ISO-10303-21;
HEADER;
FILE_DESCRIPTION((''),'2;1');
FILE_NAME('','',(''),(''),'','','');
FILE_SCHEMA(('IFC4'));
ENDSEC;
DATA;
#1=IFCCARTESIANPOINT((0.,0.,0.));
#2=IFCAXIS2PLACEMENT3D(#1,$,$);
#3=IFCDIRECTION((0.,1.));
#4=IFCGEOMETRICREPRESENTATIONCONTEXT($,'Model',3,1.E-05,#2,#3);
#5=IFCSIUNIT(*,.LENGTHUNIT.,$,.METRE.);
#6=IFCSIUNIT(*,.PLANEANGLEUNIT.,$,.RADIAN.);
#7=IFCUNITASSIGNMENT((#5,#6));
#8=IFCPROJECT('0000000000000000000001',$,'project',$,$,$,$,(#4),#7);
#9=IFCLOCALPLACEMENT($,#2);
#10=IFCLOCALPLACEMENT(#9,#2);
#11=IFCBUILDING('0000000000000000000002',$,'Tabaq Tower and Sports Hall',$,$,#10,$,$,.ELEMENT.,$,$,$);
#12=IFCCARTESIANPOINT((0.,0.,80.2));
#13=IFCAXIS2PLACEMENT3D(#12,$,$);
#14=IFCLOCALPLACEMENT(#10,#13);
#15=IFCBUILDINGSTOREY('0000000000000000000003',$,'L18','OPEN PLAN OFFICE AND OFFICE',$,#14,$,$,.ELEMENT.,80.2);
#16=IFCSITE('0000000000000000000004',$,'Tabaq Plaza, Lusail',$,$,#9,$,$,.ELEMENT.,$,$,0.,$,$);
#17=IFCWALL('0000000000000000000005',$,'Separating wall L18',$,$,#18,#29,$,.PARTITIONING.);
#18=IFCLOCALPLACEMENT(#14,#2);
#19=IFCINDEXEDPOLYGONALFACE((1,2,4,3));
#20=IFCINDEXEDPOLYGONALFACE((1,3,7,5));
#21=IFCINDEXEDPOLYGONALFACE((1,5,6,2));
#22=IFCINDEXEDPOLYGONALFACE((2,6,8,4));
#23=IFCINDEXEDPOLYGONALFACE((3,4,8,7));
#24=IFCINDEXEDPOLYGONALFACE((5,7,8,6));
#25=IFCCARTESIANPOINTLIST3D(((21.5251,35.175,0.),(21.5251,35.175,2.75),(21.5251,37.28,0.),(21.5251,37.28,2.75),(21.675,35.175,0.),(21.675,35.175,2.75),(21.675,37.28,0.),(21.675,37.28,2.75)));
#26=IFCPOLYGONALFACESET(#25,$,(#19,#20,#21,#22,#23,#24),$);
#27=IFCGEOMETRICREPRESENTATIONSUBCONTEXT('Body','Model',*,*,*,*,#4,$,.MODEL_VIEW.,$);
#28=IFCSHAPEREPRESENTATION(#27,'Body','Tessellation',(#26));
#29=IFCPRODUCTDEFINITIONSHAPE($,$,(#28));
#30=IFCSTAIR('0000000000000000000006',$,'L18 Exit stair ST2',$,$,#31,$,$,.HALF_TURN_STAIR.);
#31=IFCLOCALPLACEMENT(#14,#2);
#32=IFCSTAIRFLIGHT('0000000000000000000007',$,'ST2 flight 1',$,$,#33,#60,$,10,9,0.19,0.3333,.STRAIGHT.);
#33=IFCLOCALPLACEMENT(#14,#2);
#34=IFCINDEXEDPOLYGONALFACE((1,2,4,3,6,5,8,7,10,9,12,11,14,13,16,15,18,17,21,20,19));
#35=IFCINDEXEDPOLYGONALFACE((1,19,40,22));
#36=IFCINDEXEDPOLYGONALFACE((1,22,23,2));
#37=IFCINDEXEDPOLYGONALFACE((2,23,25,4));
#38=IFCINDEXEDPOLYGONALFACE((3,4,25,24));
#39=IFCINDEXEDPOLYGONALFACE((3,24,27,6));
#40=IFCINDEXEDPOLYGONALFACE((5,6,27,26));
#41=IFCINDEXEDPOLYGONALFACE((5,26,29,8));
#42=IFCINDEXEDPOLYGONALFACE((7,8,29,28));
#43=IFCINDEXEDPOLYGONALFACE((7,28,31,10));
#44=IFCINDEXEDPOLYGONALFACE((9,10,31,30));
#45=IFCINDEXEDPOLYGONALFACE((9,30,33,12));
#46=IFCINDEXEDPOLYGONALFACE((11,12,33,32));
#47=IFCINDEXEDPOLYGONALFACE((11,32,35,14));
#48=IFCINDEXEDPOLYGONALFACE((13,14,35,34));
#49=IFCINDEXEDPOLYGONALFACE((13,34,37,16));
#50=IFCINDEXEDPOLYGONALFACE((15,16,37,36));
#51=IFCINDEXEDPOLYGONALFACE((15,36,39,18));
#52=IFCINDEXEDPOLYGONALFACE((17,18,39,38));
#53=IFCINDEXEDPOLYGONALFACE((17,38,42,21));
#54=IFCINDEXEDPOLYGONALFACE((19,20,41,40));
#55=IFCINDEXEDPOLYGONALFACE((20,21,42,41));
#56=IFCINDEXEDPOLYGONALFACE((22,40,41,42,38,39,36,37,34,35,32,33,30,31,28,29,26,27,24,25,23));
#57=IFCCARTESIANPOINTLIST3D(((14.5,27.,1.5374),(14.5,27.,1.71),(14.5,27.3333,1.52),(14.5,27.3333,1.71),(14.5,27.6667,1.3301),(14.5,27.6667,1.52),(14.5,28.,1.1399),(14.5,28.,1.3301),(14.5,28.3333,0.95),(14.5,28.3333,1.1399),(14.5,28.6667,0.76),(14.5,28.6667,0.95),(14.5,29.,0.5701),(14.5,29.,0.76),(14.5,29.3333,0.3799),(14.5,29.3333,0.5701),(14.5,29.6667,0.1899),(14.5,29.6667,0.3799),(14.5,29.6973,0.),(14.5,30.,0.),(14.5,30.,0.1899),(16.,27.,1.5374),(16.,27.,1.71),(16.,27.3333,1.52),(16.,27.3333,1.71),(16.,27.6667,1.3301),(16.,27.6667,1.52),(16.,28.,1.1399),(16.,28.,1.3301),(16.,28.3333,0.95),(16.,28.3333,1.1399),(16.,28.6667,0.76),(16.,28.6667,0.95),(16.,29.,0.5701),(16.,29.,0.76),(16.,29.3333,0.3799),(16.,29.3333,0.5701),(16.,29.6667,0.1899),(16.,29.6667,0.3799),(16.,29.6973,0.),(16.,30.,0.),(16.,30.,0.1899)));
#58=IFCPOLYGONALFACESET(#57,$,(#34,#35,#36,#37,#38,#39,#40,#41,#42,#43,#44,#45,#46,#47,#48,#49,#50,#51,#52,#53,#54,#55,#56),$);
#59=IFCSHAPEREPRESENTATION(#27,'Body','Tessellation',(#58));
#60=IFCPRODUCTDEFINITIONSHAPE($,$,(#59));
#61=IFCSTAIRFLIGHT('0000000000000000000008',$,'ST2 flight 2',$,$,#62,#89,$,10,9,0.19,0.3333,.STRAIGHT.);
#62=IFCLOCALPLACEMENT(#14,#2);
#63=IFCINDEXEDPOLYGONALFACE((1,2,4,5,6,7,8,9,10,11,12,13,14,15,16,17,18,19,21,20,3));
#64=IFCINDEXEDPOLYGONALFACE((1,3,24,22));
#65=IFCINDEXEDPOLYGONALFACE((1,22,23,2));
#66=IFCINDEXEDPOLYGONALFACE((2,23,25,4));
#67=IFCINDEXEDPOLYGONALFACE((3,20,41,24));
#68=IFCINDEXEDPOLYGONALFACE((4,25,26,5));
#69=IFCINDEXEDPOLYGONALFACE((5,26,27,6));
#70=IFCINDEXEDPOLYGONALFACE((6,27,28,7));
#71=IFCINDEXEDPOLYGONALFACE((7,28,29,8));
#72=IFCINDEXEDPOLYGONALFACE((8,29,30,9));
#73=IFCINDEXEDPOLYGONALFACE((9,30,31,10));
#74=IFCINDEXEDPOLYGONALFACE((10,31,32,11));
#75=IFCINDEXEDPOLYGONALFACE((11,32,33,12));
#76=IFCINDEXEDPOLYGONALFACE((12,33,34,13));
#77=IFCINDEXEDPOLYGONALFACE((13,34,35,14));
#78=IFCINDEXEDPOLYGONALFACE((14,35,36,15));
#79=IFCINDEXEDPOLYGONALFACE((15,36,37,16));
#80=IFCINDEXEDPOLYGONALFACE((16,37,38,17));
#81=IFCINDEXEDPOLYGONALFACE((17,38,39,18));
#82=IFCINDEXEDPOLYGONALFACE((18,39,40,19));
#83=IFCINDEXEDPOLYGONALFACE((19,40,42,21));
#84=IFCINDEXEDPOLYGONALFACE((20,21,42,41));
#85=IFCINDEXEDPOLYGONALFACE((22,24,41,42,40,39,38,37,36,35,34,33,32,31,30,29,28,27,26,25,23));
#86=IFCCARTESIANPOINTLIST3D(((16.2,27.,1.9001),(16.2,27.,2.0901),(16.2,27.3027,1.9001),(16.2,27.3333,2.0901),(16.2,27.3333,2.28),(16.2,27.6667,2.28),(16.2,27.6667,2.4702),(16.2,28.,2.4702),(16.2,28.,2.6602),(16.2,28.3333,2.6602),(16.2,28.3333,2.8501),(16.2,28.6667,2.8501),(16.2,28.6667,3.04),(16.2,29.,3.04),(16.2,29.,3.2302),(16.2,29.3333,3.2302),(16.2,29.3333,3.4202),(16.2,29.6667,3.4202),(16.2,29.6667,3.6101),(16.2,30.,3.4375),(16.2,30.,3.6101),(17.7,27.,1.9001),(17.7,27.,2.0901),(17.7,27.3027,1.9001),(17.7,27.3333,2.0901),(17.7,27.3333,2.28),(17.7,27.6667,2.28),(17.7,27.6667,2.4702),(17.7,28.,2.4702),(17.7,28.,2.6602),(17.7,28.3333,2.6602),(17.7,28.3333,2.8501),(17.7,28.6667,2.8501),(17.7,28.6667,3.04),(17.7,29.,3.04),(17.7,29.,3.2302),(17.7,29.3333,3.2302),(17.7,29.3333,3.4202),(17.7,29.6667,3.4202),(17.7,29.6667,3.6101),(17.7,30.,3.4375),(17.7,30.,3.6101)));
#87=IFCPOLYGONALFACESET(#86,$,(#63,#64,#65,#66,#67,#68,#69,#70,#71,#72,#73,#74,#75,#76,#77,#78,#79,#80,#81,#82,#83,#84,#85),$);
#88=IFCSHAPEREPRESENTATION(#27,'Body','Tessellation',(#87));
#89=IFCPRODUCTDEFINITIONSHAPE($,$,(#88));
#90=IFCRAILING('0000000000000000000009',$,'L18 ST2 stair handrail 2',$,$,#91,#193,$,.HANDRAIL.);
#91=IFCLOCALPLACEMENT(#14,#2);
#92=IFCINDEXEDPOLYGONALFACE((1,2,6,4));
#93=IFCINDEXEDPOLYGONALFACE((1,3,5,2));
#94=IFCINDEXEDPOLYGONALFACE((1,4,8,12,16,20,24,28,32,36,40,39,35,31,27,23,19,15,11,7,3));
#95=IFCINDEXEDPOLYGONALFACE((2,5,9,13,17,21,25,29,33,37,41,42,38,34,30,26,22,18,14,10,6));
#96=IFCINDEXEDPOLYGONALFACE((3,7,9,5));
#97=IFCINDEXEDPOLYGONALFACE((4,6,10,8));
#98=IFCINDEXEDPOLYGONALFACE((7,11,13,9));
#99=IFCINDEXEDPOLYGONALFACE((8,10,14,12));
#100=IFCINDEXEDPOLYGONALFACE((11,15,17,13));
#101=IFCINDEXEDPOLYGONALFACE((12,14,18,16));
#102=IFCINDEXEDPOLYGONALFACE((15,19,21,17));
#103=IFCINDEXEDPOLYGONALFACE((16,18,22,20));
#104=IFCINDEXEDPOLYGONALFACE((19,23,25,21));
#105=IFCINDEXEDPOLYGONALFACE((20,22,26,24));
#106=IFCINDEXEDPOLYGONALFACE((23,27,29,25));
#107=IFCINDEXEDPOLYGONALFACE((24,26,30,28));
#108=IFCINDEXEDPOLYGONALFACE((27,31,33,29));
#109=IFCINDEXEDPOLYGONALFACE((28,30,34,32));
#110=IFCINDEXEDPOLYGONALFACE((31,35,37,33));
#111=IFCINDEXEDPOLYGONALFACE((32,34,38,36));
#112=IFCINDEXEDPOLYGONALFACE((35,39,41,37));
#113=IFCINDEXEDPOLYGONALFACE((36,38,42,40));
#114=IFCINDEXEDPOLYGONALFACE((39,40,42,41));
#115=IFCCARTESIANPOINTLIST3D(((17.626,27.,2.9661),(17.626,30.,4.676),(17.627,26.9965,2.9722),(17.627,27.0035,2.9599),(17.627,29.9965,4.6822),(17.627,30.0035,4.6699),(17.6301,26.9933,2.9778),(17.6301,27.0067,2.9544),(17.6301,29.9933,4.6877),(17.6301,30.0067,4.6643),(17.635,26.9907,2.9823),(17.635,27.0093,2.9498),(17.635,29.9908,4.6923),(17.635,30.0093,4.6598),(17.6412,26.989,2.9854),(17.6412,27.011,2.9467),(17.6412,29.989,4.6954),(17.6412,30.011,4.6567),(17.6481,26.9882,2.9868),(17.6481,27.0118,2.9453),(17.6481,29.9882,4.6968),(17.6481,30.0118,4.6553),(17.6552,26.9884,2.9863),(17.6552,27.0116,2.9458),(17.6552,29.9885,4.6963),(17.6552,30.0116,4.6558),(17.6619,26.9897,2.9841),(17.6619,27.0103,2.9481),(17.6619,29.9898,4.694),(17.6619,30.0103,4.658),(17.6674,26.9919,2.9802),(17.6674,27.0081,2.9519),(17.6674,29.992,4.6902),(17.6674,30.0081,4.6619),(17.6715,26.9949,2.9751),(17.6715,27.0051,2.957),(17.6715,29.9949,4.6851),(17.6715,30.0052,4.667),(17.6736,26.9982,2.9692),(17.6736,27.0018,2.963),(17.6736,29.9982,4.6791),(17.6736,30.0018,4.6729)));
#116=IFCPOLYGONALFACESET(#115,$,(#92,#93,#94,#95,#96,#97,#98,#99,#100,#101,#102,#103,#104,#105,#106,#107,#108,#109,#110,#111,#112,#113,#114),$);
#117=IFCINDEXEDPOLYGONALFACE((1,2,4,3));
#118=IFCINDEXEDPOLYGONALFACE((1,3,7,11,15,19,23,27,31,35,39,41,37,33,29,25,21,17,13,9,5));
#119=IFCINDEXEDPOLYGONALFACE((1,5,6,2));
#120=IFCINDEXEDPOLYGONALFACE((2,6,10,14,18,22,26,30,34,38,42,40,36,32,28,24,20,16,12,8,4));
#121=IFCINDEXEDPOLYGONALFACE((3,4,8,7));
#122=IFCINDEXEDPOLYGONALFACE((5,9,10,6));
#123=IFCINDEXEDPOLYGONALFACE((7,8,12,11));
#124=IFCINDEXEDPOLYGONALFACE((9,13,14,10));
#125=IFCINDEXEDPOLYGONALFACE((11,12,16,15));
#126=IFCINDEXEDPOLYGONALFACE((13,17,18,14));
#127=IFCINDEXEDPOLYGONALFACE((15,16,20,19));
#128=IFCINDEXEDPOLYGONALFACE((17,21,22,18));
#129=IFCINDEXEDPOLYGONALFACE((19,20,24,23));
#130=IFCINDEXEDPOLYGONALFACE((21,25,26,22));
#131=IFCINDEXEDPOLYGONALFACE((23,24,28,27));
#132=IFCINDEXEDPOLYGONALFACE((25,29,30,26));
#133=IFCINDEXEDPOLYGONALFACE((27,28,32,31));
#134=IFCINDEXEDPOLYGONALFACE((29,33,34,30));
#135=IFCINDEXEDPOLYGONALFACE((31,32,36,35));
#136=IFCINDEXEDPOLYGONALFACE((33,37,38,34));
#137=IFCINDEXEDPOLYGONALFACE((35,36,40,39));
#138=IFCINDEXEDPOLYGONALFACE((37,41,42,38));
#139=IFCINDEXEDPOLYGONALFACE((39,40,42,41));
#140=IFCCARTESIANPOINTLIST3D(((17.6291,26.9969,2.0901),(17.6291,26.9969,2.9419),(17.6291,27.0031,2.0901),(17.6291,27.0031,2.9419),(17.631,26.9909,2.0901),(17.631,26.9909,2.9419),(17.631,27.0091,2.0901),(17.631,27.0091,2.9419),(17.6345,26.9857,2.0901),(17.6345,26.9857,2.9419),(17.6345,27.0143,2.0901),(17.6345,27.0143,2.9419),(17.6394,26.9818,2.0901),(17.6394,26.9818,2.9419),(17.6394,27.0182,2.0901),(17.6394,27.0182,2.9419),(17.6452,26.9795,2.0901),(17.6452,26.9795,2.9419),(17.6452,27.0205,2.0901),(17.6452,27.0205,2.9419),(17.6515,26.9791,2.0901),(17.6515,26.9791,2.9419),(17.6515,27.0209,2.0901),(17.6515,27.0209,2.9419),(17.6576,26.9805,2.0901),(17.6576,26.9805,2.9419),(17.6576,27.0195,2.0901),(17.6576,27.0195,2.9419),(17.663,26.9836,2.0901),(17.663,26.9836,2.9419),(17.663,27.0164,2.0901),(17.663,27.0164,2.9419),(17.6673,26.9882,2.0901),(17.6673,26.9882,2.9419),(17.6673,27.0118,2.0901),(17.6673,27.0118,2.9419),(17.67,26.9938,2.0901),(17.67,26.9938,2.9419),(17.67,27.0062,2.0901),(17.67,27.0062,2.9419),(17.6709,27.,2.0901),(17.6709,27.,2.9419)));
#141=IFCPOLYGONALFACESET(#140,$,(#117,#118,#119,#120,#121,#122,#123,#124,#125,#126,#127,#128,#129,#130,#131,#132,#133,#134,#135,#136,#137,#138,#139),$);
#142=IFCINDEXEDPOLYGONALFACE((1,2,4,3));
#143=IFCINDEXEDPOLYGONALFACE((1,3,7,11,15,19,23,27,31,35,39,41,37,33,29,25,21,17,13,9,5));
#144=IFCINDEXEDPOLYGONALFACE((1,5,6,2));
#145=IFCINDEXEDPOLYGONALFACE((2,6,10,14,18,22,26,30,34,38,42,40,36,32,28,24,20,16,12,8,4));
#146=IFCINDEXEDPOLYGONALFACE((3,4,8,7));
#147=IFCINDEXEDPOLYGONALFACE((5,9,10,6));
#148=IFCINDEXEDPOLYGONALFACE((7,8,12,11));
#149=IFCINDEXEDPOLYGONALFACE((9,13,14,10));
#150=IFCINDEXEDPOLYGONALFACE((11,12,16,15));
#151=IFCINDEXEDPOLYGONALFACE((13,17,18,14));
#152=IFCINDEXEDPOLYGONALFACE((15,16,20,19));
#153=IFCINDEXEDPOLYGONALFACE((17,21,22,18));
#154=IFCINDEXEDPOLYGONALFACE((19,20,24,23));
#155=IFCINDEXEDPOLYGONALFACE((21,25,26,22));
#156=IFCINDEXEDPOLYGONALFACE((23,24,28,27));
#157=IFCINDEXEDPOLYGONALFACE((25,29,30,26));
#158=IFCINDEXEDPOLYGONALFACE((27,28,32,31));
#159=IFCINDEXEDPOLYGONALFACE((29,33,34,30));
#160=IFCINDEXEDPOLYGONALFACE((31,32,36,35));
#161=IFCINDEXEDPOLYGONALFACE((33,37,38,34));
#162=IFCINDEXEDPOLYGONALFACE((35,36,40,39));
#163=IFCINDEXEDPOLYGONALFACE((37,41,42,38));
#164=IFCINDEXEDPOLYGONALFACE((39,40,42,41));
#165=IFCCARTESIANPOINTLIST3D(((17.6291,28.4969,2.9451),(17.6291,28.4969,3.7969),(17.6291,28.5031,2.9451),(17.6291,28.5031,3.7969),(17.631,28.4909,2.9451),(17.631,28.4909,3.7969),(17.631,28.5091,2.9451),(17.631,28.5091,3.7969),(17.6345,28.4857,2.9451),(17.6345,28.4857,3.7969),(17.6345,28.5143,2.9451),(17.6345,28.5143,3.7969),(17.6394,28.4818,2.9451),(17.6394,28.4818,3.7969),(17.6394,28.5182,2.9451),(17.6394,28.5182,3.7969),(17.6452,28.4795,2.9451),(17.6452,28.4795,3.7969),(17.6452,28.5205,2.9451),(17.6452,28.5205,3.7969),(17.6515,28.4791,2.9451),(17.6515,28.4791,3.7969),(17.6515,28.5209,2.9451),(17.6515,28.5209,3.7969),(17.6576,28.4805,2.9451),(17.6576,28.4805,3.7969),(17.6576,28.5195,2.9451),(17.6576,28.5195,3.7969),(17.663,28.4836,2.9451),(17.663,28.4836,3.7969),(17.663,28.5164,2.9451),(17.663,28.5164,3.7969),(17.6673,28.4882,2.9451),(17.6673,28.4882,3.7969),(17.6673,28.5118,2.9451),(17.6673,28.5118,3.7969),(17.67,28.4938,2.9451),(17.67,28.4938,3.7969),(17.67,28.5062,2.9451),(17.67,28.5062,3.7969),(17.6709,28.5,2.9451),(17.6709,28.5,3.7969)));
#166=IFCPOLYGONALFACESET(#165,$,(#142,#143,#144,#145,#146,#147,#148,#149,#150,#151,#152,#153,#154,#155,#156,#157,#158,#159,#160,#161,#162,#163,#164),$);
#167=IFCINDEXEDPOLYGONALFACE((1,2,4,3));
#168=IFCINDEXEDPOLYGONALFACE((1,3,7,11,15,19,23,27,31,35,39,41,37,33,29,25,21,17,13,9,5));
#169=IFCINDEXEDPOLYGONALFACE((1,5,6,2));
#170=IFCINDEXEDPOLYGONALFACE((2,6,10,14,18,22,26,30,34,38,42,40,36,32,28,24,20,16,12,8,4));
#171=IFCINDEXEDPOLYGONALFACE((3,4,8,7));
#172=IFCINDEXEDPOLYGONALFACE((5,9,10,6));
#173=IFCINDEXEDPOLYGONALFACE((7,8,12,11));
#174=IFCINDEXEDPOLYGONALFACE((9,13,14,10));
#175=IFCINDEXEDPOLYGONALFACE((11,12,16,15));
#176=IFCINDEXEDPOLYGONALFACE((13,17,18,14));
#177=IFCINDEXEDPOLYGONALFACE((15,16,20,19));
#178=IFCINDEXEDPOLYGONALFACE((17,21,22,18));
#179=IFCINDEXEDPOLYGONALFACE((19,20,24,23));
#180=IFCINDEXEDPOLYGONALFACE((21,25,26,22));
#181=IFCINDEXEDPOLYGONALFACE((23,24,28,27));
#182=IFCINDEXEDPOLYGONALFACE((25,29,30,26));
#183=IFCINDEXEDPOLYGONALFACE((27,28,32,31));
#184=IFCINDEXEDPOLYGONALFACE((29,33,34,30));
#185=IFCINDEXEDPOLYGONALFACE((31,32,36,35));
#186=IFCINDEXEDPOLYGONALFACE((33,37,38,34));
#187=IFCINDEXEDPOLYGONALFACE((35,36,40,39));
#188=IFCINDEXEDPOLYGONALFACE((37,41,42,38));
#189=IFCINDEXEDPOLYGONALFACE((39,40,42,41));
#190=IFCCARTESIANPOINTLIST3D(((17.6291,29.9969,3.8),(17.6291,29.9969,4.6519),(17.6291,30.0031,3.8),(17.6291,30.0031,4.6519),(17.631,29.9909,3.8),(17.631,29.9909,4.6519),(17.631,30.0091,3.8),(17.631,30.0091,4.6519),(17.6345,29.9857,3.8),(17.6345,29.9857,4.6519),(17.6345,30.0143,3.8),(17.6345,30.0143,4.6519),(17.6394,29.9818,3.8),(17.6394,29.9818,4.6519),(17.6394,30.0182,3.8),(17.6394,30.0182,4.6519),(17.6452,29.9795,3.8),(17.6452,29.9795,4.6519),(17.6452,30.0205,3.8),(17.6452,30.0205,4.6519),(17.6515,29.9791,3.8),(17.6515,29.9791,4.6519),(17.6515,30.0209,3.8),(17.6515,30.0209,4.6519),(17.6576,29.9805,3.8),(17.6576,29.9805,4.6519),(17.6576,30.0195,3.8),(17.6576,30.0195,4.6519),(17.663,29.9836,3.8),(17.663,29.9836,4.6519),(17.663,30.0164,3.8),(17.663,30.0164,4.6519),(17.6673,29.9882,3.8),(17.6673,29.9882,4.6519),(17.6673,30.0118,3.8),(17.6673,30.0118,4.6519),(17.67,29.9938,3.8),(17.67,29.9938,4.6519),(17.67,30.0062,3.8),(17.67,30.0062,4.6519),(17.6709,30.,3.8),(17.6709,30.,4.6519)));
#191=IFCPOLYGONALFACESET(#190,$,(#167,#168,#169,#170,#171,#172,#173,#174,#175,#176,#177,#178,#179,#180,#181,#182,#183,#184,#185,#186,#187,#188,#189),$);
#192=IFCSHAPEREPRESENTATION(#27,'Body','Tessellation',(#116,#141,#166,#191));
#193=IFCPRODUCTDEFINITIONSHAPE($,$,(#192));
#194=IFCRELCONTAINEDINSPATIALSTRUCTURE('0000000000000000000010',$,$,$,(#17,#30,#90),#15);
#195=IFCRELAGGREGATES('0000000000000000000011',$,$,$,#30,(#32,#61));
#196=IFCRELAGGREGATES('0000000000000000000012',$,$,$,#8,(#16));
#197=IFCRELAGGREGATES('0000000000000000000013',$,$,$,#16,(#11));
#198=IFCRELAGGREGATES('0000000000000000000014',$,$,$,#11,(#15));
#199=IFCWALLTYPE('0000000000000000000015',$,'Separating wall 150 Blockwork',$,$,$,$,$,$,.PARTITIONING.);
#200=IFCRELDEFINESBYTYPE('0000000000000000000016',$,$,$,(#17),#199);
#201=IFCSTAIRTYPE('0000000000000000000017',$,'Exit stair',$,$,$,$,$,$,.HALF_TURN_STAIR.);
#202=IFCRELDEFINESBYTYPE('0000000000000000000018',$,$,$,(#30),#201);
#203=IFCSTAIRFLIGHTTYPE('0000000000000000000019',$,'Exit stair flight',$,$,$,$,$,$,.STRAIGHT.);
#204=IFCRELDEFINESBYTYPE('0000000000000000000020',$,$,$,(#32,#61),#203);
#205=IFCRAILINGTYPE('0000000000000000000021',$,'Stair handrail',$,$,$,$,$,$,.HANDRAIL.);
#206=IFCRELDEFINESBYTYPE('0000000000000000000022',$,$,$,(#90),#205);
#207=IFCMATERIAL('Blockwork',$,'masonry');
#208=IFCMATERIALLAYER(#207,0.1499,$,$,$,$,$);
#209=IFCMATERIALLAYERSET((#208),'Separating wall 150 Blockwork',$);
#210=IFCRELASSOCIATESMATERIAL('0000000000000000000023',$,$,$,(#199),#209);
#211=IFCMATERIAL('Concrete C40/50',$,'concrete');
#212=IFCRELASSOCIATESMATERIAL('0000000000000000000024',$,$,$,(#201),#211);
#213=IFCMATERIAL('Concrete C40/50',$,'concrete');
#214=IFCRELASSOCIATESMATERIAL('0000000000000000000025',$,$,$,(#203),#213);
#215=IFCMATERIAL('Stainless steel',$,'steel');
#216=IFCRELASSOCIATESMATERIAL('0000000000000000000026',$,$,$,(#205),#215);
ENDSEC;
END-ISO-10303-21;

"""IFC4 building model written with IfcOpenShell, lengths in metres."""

from ifc_helpers import new_model, si_unit, direction, frame, frame_2d, origin, origin_2d, place, context, subcontext, project, spatial, polyline, rectangle, circle, outline, extrude, material, layer, layer_set, type_object, element, aggregate, save


model = new_model("IFC4")

# Units and contexts
model_context = context("Model", 3, precision=1e-05, world=origin(), true_north=direction((0.0, 1.0)))
body_context = subcontext(model_context, "Body", "Model", "MODEL_VIEW")
ifc_project = project(units=[si_unit("LENGTHUNIT", "METRE"), si_unit("PLANEANGLEUNIT", "RADIAN")], contexts=[model_context])

# Site, building, storey
site_placement = place(None, origin())
site = spatial("IfcSite", under=ifc_project, at=site_placement, Name="Tabaq Plaza, Lusail", CompositionType="ELEMENT", RefElevation=0.0)
building_placement = place(site_placement, origin())
building = spatial("IfcBuilding", under=site, at=building_placement, Name="Tabaq Tower and Sports Hall", CompositionType="ELEMENT")
storey_placement = place(building_placement, frame((0.0, 0.0, 80.2)))
storey = spatial("IfcBuildingStorey", under=building, at=storey_placement, Name="L18", Description="OPEN PLAN OFFICE AND OFFICE", CompositionType="ELEMENT", Elevation=80.2)

# Wall
ifc_material_1 = material(Name="Blockwork", Category="masonry")
ifc_layer_1 = layer(ifc_material_1, 0.1499)
ifc_layer_set_1 = layer_set([ifc_layer_1], Name="Separating wall 150 Blockwork")
wall_type_1 = type_object("IfcWallType", Name="Separating wall 150 Blockwork", PredefinedType="PARTITIONING", material=ifc_layer_set_1)
wall_1_placement = place(storey_placement, frame((21.6001, 35.175, 0.0), z_axis=(0.0, 0.0, 1.0), x_axis=(0.0, 1.0, 0.0)))
element("IfcWall", 1, at=wall_1_placement, inside=storey, type_object=wall_type_1, Name="Separating wall L18", PredefinedType="PARTITIONING", context=body_context, shape_type="SweptSolid", body=[
    extrude(rectangle(XDim=2.105, YDim=0.1499, at=frame_2d((1.0525, 0.0))), origin(), (0.0, 0.0, 1.0), 2.75),
])

# Stair, stair flights
ifc_material_2 = material(Name="Concrete C40/50", Category="concrete")
stair_type = type_object("IfcStairType", Name="Exit stair", PredefinedType="HALF_TURN_STAIR", material=ifc_material_2)
stair_placement = place(storey_placement, origin())
stair = element("IfcStair", 2, at=stair_placement, inside=storey, type_object=stair_type, Name="L18 Exit stair ST2", PredefinedType="HALF_TURN_STAIR")
ifc_material_3 = material(Name="Concrete C40/50", Category="concrete")
stair_flight_type = type_object("IfcStairFlightType", Name="Exit stair flight", PredefinedType="STRAIGHT", material=ifc_material_3)
stair_flight_1_placement = place(storey_placement, frame((15.25, 30.0, 0.0), z_axis=(0.0, 0.0, 1.0), x_axis=(0.0, -1.0, 0.0)))
stair_flight_1 = element("IfcStairFlight", 3, at=stair_flight_1_placement, type_object=stair_flight_type, Name="ST2 flight 1", NumberOfRisers=10, NumberOfTreads=9, PredefinedType="STRAIGHT", RiserHeight=0.19, TreadLength=0.3333, context=body_context, shape_type="SweptSolid", body=[
    extrude(outline(polyline([(0.0, 0.0), (0.0, 0.1899), (0.3333, 0.1899), (0.3333, 0.3799), (0.6667, 0.3799), (0.6667, 0.5701), (1.0, 0.5701), (1.0, 0.76), (1.3333, 0.76), (1.3333, 0.95), (1.6667, 0.95), (1.6667, 1.1399), (2.0, 1.1399), (2.0, 1.3301), (2.3333, 1.3301), (2.3333, 1.52), (2.6667, 1.52), (2.6667, 1.71), (3.0, 1.71), (3.0, 1.8999), (3.0, 1.5374), (0.3027, 0.0), (0.0, 0.0)])), frame((0.0, 0.75, 0.0), z_axis=(0.0, -1.0, 0.0), x_axis=(1.0, 0.0, 0.0)), (0.0, 0.0, 1.0), 1.5),
])
stair_flight_2_placement = place(storey_placement, frame((16.95, 27.0, 1.9001), z_axis=(0.0, 0.0, 1.0), x_axis=(0.0, 1.0, 0.0)))
stair_flight_2 = element("IfcStairFlight", 4, at=stair_flight_2_placement, type_object=stair_flight_type, Name="ST2 flight 2", NumberOfRisers=10, NumberOfTreads=9, PredefinedType="STRAIGHT", RiserHeight=0.19, TreadLength=0.3333, context=body_context, shape_type="SweptSolid", body=[
    extrude(outline(polyline([(0.0, 0.0), (0.0, 0.1899), (0.3333, 0.1899), (0.3333, 0.3799), (0.6667, 0.3799), (0.6667, 0.5701), (1.0, 0.5701), (1.0, 0.76), (1.3333, 0.76), (1.3333, 0.95), (1.6667, 0.95), (1.6667, 1.1399), (2.0, 1.1399), (2.0, 1.3301), (2.3333, 1.3301), (2.3333, 1.52), (2.6667, 1.52), (2.6667, 1.71), (3.0, 1.71), (3.0, 1.8999), (3.0, 1.5374), (0.3027, 0.0), (0.0, 0.0)])), frame((0.0, 0.75, 0.0), z_axis=(0.0, -1.0, 0.0), x_axis=(1.0, 0.0, 0.0)), (0.0, 0.0, 1.0), 1.5),
])
aggregate(stair, [stair_flight_1, stair_flight_2])

# Railing
ifc_material_4 = material(Name="Stainless steel", Category="steel")
railing_type_1 = type_object("IfcRailingType", Name="Stair handrail", PredefinedType="HANDRAIL", material=ifc_material_4)
railing_1_placement = place(storey_placement, frame((17.6499, 27.0, 2.0901)))
element("IfcRailing", 5, at=railing_1_placement, inside=storey, type_object=railing_type_1, Name="L18 ST2 stair handrail 2", PredefinedType="HANDRAIL", context=body_context, shape_type="SweptSolid", body=[
    extrude(circle(Radius=0.0239, at=origin_2d()), frame((0.0, 0.0, 0.876), z_axis=(0.0, 0.868782, 0.495195), x_axis=(-1.0, 0.0, 0.0)), (0.0, 0.0, 1.0), 3.4531),
    extrude(circle(Radius=0.021, at=origin_2d()), origin(), (0.0, 0.0, 1.0), 0.8518),
    extrude(circle(Radius=0.021, at=origin_2d()), frame((0.0, 1.5, 0.855)), (0.0, 0.0, 1.0), 0.8518),
    extrude(circle(Radius=0.021, at=origin_2d()), frame((0.0, 3.0, 1.71)), (0.0, 0.0, 1.0), 0.8518),
])

save(model, "model.ifc")
